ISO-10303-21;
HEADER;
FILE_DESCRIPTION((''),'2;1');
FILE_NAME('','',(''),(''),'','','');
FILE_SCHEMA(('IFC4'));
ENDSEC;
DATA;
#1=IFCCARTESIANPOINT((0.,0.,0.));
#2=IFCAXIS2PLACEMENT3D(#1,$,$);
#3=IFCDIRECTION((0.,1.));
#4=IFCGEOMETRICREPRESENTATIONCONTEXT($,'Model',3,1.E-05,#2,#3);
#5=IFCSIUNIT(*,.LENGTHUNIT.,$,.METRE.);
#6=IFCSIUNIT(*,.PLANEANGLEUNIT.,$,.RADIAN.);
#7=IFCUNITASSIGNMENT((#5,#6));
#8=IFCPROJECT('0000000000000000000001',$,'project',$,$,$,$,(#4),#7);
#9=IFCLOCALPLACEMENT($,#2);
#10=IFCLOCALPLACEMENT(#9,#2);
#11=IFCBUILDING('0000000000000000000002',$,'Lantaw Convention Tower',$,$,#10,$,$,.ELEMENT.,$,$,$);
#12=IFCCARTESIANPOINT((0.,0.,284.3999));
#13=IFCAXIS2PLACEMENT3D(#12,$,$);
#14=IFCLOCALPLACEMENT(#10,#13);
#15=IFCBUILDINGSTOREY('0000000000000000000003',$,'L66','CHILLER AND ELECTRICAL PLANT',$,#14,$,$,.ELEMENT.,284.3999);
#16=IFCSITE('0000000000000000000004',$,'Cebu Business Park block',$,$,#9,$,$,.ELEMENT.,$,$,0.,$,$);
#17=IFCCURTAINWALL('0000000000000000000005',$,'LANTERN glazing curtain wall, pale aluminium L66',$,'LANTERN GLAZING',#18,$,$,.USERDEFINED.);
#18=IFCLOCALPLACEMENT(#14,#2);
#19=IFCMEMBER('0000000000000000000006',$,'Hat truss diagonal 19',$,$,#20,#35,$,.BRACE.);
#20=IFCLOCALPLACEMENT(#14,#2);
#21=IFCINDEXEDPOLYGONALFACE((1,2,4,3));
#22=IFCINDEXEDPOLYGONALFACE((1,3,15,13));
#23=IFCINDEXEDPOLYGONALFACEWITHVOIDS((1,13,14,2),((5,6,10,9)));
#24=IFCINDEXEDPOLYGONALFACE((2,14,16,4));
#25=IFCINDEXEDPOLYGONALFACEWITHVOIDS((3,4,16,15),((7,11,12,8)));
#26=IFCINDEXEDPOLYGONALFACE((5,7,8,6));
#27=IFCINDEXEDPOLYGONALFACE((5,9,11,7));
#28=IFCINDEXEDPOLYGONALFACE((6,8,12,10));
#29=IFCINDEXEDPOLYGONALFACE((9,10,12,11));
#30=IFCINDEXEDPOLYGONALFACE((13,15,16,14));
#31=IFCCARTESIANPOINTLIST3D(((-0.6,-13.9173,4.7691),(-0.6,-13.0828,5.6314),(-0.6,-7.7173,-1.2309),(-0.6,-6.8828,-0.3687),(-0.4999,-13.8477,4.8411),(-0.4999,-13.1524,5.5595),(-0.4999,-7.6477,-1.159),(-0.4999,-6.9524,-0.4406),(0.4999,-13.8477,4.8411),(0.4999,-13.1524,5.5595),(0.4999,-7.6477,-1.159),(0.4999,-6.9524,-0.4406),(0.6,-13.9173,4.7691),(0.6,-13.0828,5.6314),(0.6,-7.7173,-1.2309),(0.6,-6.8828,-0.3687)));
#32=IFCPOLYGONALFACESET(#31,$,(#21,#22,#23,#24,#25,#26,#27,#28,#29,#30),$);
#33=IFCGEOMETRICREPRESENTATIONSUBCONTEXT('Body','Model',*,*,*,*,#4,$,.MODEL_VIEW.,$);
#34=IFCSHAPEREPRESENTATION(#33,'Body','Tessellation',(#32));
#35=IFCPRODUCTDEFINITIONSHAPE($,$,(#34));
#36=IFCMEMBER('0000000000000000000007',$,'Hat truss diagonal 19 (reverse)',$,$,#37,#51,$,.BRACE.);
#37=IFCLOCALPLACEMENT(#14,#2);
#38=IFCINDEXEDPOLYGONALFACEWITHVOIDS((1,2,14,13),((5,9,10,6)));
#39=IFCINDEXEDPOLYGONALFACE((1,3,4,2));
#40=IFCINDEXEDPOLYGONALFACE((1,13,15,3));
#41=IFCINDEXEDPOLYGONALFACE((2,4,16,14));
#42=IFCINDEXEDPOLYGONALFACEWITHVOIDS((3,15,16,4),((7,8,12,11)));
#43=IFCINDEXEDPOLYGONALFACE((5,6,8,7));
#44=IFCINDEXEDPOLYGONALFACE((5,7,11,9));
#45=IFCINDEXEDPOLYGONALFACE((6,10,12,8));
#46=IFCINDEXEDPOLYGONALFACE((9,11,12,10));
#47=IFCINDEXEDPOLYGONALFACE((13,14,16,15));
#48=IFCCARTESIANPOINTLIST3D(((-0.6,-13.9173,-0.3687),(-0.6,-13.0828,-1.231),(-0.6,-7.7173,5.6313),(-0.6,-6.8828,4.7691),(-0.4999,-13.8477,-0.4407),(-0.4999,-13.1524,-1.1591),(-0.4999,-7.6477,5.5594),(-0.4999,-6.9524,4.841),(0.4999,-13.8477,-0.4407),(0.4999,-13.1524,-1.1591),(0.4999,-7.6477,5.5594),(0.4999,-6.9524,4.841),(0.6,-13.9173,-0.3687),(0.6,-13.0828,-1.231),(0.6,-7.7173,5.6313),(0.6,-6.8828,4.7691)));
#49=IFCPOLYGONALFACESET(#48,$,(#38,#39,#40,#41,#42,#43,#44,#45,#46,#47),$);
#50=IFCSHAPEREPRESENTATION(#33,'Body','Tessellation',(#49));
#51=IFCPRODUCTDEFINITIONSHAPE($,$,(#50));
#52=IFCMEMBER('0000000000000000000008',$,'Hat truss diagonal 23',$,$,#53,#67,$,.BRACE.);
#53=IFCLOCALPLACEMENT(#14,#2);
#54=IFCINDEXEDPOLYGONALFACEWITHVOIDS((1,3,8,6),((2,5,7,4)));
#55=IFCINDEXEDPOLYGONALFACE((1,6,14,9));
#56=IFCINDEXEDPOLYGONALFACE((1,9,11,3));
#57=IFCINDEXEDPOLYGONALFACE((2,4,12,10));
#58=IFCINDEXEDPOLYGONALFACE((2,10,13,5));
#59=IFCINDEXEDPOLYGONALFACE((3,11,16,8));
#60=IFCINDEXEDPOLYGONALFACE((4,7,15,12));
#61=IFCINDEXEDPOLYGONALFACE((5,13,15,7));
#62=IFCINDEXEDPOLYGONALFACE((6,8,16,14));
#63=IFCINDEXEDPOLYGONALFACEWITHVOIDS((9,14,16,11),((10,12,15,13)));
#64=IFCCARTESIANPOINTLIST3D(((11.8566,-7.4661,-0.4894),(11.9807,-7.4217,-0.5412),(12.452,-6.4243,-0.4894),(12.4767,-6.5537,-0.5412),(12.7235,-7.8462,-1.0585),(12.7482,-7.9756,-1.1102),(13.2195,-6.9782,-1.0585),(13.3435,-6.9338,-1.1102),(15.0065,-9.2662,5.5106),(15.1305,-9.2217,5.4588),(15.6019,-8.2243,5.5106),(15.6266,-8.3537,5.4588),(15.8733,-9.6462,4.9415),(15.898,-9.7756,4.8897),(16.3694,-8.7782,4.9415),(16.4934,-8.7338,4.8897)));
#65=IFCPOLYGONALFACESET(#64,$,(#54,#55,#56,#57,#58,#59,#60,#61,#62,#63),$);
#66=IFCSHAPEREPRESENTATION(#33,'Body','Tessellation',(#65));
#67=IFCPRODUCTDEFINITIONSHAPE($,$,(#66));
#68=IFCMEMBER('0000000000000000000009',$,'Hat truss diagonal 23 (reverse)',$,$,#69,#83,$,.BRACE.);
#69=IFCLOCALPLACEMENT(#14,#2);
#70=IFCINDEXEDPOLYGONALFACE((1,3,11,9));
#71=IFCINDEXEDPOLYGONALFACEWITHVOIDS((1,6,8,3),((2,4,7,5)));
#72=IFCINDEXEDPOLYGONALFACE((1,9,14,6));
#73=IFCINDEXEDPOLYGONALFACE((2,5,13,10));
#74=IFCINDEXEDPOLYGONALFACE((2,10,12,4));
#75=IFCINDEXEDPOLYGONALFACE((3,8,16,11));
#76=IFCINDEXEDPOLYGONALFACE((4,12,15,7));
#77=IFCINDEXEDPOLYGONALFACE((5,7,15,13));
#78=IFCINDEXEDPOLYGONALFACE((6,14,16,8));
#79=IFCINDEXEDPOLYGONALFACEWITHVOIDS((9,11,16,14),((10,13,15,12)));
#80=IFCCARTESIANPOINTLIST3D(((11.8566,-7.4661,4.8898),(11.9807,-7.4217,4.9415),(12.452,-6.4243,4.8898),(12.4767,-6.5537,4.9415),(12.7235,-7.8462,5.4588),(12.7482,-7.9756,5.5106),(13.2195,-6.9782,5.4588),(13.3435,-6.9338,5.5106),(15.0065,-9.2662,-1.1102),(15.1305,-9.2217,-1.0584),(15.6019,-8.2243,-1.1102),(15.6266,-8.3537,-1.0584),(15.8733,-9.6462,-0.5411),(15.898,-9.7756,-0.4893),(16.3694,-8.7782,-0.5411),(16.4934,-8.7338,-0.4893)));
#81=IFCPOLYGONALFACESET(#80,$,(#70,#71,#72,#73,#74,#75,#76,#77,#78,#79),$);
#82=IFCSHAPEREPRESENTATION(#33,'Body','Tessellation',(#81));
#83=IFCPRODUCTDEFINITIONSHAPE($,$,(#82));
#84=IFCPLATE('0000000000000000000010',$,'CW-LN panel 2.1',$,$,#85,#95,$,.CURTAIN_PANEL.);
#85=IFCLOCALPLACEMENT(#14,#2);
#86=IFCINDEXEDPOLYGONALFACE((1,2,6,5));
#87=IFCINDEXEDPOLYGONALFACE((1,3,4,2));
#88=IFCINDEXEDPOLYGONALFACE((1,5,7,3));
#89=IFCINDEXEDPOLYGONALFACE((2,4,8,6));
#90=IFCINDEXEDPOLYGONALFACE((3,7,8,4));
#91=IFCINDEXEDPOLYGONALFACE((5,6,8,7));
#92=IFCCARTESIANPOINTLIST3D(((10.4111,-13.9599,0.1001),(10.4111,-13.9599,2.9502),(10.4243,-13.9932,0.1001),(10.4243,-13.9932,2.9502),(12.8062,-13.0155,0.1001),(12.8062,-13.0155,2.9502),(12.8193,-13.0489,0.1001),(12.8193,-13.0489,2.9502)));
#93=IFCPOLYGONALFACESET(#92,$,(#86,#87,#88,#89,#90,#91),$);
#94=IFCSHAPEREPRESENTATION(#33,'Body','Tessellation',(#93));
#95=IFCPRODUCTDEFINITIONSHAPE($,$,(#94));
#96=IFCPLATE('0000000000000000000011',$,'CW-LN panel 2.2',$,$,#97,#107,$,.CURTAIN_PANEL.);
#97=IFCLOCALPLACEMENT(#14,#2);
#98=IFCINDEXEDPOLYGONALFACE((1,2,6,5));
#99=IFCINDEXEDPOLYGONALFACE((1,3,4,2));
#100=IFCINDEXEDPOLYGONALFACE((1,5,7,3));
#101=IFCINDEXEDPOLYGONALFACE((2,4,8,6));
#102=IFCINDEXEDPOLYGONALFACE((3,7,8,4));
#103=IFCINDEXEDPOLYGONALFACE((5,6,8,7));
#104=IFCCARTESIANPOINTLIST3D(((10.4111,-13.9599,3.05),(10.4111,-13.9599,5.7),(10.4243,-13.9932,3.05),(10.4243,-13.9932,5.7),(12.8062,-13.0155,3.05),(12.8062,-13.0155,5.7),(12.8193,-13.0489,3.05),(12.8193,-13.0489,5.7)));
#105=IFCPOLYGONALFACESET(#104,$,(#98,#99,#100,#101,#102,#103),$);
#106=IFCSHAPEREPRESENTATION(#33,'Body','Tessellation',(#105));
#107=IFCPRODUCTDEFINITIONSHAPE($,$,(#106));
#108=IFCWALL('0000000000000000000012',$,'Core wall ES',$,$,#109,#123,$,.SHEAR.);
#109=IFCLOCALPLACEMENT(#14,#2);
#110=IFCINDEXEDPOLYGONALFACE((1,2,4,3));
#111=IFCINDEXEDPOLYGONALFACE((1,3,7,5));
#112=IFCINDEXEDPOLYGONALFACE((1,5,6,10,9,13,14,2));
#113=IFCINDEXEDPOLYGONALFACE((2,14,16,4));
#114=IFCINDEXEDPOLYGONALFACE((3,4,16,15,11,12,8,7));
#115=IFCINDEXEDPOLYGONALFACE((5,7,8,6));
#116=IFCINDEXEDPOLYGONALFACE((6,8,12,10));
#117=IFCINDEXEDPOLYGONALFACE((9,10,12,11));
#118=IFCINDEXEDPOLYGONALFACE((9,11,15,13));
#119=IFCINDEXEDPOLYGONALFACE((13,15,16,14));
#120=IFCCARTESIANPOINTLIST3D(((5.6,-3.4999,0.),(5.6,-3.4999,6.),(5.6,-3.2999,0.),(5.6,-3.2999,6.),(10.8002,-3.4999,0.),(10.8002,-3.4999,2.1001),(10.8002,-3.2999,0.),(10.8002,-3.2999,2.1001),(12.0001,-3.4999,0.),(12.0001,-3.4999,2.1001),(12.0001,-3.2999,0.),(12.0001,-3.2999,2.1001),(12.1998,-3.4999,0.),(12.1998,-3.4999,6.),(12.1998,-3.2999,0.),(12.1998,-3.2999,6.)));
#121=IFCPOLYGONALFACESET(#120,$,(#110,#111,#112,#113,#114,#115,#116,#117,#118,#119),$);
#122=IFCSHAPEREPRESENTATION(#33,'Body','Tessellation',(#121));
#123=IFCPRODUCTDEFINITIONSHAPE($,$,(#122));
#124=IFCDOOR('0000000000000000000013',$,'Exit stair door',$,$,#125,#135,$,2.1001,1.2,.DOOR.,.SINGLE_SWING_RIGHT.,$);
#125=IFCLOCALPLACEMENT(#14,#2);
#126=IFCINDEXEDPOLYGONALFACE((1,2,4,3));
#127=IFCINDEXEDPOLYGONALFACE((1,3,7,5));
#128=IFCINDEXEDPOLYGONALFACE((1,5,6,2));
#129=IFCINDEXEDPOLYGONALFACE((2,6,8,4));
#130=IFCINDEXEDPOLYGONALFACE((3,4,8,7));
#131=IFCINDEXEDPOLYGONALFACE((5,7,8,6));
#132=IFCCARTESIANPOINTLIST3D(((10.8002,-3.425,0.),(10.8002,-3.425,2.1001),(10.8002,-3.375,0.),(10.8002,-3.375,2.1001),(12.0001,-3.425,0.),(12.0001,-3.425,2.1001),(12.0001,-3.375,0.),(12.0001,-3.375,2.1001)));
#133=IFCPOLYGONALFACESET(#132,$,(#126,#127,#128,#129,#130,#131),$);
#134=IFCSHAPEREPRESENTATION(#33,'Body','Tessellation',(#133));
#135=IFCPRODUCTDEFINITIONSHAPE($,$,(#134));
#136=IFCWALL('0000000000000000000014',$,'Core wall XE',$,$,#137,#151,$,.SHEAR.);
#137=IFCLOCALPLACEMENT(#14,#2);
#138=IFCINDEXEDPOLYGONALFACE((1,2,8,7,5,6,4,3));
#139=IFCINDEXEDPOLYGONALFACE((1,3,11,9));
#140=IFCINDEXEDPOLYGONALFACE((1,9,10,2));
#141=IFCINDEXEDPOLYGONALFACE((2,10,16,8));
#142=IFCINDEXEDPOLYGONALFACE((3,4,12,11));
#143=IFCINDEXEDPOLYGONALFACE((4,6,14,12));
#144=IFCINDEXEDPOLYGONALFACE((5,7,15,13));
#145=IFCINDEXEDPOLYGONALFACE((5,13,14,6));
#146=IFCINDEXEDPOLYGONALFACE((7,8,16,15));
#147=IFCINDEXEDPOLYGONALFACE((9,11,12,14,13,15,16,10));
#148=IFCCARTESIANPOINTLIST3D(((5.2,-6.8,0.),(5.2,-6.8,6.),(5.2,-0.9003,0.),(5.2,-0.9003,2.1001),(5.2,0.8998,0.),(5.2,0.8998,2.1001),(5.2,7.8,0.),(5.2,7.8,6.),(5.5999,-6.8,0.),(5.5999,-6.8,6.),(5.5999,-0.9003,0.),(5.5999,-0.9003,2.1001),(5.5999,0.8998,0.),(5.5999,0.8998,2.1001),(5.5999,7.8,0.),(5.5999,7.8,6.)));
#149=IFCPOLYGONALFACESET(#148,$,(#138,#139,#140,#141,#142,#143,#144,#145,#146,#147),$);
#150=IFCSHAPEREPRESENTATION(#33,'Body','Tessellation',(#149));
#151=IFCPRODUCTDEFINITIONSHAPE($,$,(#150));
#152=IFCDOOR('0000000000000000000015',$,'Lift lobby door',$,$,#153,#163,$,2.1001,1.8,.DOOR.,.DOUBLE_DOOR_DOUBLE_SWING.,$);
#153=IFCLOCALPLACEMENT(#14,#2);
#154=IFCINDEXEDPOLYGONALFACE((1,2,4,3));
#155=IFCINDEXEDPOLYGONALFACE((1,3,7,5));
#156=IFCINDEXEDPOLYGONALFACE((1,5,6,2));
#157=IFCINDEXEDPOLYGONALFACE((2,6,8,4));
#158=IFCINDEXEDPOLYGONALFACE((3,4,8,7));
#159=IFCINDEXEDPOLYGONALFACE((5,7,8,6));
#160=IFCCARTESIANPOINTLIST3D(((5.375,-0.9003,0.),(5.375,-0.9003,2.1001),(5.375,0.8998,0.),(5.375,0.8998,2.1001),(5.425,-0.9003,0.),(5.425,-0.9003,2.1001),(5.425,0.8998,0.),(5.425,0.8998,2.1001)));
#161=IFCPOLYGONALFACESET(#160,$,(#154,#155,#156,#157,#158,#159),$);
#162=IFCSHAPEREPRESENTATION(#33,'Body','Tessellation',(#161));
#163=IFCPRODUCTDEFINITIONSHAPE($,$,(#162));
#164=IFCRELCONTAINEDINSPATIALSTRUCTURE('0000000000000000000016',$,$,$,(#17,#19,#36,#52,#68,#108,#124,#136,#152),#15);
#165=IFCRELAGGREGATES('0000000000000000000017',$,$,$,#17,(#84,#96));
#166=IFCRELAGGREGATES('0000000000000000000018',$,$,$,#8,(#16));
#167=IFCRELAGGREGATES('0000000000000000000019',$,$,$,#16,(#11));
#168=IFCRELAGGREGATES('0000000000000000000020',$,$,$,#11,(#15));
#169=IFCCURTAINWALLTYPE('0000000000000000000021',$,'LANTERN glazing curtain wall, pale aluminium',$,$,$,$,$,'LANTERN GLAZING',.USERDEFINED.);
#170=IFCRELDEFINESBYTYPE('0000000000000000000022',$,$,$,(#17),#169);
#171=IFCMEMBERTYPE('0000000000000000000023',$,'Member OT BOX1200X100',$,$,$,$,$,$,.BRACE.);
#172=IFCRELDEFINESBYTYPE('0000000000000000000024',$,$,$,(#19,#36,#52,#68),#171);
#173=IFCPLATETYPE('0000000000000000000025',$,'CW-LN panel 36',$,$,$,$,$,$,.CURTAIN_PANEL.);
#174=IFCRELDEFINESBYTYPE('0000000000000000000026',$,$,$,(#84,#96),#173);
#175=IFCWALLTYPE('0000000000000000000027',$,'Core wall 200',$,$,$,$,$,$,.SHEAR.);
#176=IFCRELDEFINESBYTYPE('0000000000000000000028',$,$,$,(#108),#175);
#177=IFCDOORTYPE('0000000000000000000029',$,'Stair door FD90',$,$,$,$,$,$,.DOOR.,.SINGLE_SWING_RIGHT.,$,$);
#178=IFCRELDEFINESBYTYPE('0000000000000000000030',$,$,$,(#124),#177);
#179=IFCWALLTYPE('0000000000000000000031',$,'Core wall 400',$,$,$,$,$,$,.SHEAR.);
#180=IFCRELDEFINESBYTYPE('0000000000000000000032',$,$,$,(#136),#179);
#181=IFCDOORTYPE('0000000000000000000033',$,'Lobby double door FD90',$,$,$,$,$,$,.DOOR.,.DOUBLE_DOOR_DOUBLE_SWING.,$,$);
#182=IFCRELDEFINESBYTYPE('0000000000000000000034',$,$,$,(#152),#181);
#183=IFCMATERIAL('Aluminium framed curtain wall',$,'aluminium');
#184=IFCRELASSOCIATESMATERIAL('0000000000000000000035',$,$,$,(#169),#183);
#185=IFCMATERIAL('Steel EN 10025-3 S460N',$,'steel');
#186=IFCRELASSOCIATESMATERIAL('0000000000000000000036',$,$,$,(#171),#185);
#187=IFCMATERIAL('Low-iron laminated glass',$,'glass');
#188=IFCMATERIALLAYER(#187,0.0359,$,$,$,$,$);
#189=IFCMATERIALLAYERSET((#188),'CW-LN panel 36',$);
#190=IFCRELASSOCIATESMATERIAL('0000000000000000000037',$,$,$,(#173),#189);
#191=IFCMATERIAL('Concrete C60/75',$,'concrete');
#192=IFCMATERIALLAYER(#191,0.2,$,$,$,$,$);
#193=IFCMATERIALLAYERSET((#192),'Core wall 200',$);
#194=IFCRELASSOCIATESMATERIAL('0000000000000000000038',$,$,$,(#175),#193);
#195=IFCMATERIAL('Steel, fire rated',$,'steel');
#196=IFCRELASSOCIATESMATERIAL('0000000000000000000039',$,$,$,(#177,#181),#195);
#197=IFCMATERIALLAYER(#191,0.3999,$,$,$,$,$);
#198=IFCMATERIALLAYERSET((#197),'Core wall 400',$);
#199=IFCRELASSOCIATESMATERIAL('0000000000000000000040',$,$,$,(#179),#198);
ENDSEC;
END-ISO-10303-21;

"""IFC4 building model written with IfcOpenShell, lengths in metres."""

from ifc_helpers import new_model, si_unit, direction, frame, frame_2d, origin, origin_2d, place, context, subcontext, project, spatial, rectangle, hollow_rectangle, extrude, material, layer, layer_set, material_profile, profile_set, type_object, element, fill, aggregate, save


model = new_model("IFC4")

# Units and contexts
model_context = context("Model", 3, precision=1e-05, world=origin(), true_north=direction((0.0, 1.0)))
body_context = subcontext(model_context, "Body", "Model", "MODEL_VIEW")
ifc_project = project(units=[si_unit("LENGTHUNIT", "METRE"), si_unit("PLANEANGLEUNIT", "RADIAN")], contexts=[model_context])

# Site, building, storey
site_placement = place(None, origin())
site = spatial("IfcSite", under=ifc_project, at=site_placement, Name="Cebu Business Park block", CompositionType="ELEMENT", RefElevation=0.0)
building_placement = place(site_placement, origin())
building = spatial("IfcBuilding", under=site, at=building_placement, Name="Lantaw Convention Tower", CompositionType="ELEMENT")
storey_placement = place(building_placement, frame((0.0, 0.0, 284.3999)))
storey = spatial("IfcBuildingStorey", under=building, at=storey_placement, Name="L66", Description="CHILLER AND ELECTRICAL PLANT", CompositionType="ELEMENT", Elevation=284.3999)

# Shared definitions
ifc_material_1 = material(Name="Steel EN 10025-3 S460N", Category="steel")

# Curtain wall
ifc_material_2 = material(Name="Aluminium framed curtain wall", Category="aluminium")
curtain_wall_type = type_object("IfcCurtainWallType", Name="LANTERN glazing curtain wall, pale aluminium", ElementType="LANTERN GLAZING", PredefinedType="USERDEFINED", material=ifc_material_2)
curtain_wall_placement = place(storey_placement, origin())
curtain_wall = element("IfcCurtainWall", 1, at=curtain_wall_placement, inside=storey, type_object=curtain_wall_type, Name="LANTERN glazing curtain wall, pale aluminium L66", ObjectType="LANTERN GLAZING", PredefinedType="USERDEFINED")

# Members
ifc_material_profile_1 = material_profile(ifc_material_1, hollow_rectangle(XDim=1.2, YDim=1.2, WallThickness=0.1001, at=origin_2d()), Name="BOX1200X100")
ifc_profile_set_1 = profile_set([ifc_material_profile_1], Name="Steel EN 10025-3 S460N")
member_type_1 = type_object("IfcMemberType", Name="Member OT BOX1200X100", PredefinedType="BRACE", material=ifc_profile_set_1)
for number, where, z_axis, x_axis, name in (
    (2, (0.0, -7.3, -0.7998), (0.0, -0.718599, 0.695424), (1.0, 0.0, 0.0), "Hat truss diagonal 19"),
    (3, (0.0, -7.3, 5.2002), (0.0, -0.718599, -0.695424), (1.0, 0.0, 0.0), "Hat truss diagonal 19 (reverse)"),
):
    element("IfcMember", number, at=place(storey_placement, frame(where, z_axis=z_axis, x_axis=x_axis)), inside=storey, type_object=member_type_1, Name=name, PredefinedType="BRACE", context=body_context, shape_type="SweptSolid", body=[
        extrude(hollow_rectangle(XDim=1.2, YDim=1.2, WallThickness=0.1001, at=origin_2d()), origin(), (0.0, 0.0, 1.0), 8.6279),
    ])
for number, where, z_axis, x_axis, name in (
    (4, (12.6001, -7.2, -0.7998), (0.449244, -0.256726, 0.855729), (0.496161, 0.868231, 0.0), "Hat truss diagonal 23"),
    (5, (12.6001, -7.2, 5.2002), (0.449244, -0.256726, -0.855729), (0.496161, 0.868231, 0.0), "Hat truss diagonal 23 (reverse)"),
):
    element("IfcMember", number, at=place(storey_placement, frame(where, z_axis=z_axis, x_axis=x_axis)), inside=storey, type_object=member_type_1, Name=name, PredefinedType="BRACE", context=body_context, shape_type="SweptSolid", body=[
        extrude(hollow_rectangle(XDim=1.2, YDim=1.2, WallThickness=0.1001, at=origin_2d()), origin(), (0.0, 0.0, 1.0), 7.0115),
    ])

# Plates
ifc_material_3 = material(Name="Low-iron laminated glass", Category="glass")
ifc_layer_1 = layer(ifc_material_3, 0.0359)
ifc_layer_set_1 = layer_set([ifc_layer_1], Name="CW-LN panel 36")
plate_type = type_object("IfcPlateType", Name="CW-LN panel 36", PredefinedType="CURTAIN_PANEL", material=ifc_layer_set_1)
plate_1_placement = place(storey_placement, frame((11.6152, -13.5044, 0.1001), z_axis=(0.0, 0.0, 1.0), x_axis=(0.930299, 0.366802, 0.0)))
plate_1 = element("IfcPlate", 6, at=plate_1_placement, type_object=plate_type, Name="CW-LN panel 2.1", PredefinedType="CURTAIN_PANEL", context=body_context, shape_type="SweptSolid", body=[
    extrude(rectangle(XDim=2.5745, YDim=0.0359, at=origin_2d()), origin(), (0.0, 0.0, 1.0), 2.8501),
])
plate_2_placement = place(storey_placement, frame((11.6152, -13.5044, 3.05), z_axis=(0.0, 0.0, 1.0), x_axis=(0.930299, 0.366802, 0.0)))
plate_2 = element("IfcPlate", 7, at=plate_2_placement, type_object=plate_type, Name="CW-LN panel 2.2", PredefinedType="CURTAIN_PANEL", context=body_context, shape_type="SweptSolid", body=[
    extrude(rectangle(XDim=2.5745, YDim=0.0359, at=origin_2d()), origin(), (0.0, 0.0, 1.0), 2.6499),
])
aggregate(curtain_wall, [plate_1, plate_2])

# Walls, openings, doors
ifc_material_4 = material(Name="Concrete C60/75", Category="concrete")
ifc_layer_2 = layer(ifc_material_4, 0.2)
ifc_layer_set_2 = layer_set([ifc_layer_2], Name="Core wall 200")
wall_type_1 = type_object("IfcWallType", Name="Core wall 200", PredefinedType="SHEAR", material=ifc_layer_set_2)
wall_1_placement = place(storey_placement, frame((5.6001, -3.3999, 0.0), z_axis=(0.0, 0.0, 1.0), x_axis=(1.0, 0.0, 0.0)))
wall_1 = element("IfcWall", 8, at=wall_1_placement, inside=storey, type_object=wall_type_1, Name="Core wall ES", PredefinedType="SHEAR", context=body_context, shape_type="SweptSolid", body=[
    extrude(rectangle(XDim=6.5999, YDim=0.2, at=frame_2d((3.2998, 0.0))), origin(), (0.0, 0.0, 1.0), 6.0),
])
opening_1_placement = place(wall_1_placement, frame((5.2, 0.0, 0.0)))
opening_1 = element("IfcOpeningElement", 9, at=opening_1_placement, cuts=wall_1, PredefinedType="OPENING", context=body_context, shape_type="SweptSolid", body=[
    extrude(rectangle(XDim=1.2, YDim=2.1001, at=frame_2d((0.6001, 1.05))), frame((0.0, 0.1099, 0.0), z_axis=(0.0, -1.0, 0.0), x_axis=(1.0, 0.0, 0.0)), (0.0, 0.0, 1.0), 0.22),
])
ifc_material_5 = material(Name="Steel, fire rated", Category="steel")
door_type_1 = type_object("IfcDoorType", Name="Stair door FD90", OperationType="SINGLE_SWING_RIGHT", PredefinedType="DOOR", material=ifc_material_5)
door_1_placement = place(opening_1_placement, origin())
door_1 = element("IfcDoor", 10, at=door_1_placement, inside=storey, type_object=door_type_1, Name="Exit stair door", OperationType="SINGLE_SWING_RIGHT", OverallHeight=2.1001, OverallWidth=1.2, PredefinedType="DOOR", context=body_context, shape_type="SweptSolid", body=[
    extrude(rectangle(XDim=1.2, YDim=2.1001, at=frame_2d((0.6001, 1.05))), frame((0.0, 0.0249, 0.0), z_axis=(0.0, -1.0, 0.0), x_axis=(1.0, 0.0, 0.0)), (0.0, 0.0, 1.0), 0.05),
])
fill(opening_1, door_1)
ifc_layer_3 = layer(ifc_material_4, 0.3999)
ifc_layer_set_3 = layer_set([ifc_layer_3], Name="Core wall 400")
wall_type_2 = type_object("IfcWallType", Name="Core wall 400", PredefinedType="SHEAR", material=ifc_layer_set_3)
wall_2_placement = place(storey_placement, frame((5.3999, -6.8, 0.0), z_axis=(0.0, 0.0, 1.0), x_axis=(0.0, 1.0, 0.0)))
wall_2 = element("IfcWall", 11, at=wall_2_placement, inside=storey, type_object=wall_type_2, Name="Core wall XE", PredefinedType="SHEAR", context=body_context, shape_type="SweptSolid", body=[
    extrude(rectangle(XDim=14.6001, YDim=0.3999, at=frame_2d((7.3, 0.0))), origin(), (0.0, 0.0, 1.0), 6.0),
])
opening_2_placement = place(wall_2_placement, frame((5.8999, 0.0, 0.0)))
opening_2 = element("IfcOpeningElement", 12, at=opening_2_placement, cuts=wall_2, PredefinedType="OPENING", context=body_context, shape_type="SweptSolid", body=[
    extrude(rectangle(XDim=1.8, YDim=2.1001, at=frame_2d((0.8999, 1.05))), frame((0.0, 0.21, 0.0), z_axis=(0.0, -1.0, 0.0), x_axis=(1.0, 0.0, 0.0)), (0.0, 0.0, 1.0), 0.4199),
])
door_type_2 = type_object("IfcDoorType", Name="Lobby double door FD90", OperationType="DOUBLE_DOOR_DOUBLE_SWING", PredefinedType="DOOR", material=ifc_material_5)
door_2_placement = place(opening_2_placement, origin())
door_2 = element("IfcDoor", 13, at=door_2_placement, inside=storey, type_object=door_type_2, Name="Lift lobby door", OperationType="DOUBLE_DOOR_DOUBLE_SWING", OverallHeight=2.1001, OverallWidth=1.8, PredefinedType="DOOR", context=body_context, shape_type="SweptSolid", body=[
    extrude(rectangle(XDim=1.8, YDim=2.1001, at=frame_2d((0.8999, 1.05))), frame((0.0, 0.0249, 0.0), z_axis=(0.0, -1.0, 0.0), x_axis=(1.0, 0.0, 0.0)), (0.0, 0.0, 1.0), 0.05),
])
fill(opening_2, door_2)

save(model, "model.ifc")
